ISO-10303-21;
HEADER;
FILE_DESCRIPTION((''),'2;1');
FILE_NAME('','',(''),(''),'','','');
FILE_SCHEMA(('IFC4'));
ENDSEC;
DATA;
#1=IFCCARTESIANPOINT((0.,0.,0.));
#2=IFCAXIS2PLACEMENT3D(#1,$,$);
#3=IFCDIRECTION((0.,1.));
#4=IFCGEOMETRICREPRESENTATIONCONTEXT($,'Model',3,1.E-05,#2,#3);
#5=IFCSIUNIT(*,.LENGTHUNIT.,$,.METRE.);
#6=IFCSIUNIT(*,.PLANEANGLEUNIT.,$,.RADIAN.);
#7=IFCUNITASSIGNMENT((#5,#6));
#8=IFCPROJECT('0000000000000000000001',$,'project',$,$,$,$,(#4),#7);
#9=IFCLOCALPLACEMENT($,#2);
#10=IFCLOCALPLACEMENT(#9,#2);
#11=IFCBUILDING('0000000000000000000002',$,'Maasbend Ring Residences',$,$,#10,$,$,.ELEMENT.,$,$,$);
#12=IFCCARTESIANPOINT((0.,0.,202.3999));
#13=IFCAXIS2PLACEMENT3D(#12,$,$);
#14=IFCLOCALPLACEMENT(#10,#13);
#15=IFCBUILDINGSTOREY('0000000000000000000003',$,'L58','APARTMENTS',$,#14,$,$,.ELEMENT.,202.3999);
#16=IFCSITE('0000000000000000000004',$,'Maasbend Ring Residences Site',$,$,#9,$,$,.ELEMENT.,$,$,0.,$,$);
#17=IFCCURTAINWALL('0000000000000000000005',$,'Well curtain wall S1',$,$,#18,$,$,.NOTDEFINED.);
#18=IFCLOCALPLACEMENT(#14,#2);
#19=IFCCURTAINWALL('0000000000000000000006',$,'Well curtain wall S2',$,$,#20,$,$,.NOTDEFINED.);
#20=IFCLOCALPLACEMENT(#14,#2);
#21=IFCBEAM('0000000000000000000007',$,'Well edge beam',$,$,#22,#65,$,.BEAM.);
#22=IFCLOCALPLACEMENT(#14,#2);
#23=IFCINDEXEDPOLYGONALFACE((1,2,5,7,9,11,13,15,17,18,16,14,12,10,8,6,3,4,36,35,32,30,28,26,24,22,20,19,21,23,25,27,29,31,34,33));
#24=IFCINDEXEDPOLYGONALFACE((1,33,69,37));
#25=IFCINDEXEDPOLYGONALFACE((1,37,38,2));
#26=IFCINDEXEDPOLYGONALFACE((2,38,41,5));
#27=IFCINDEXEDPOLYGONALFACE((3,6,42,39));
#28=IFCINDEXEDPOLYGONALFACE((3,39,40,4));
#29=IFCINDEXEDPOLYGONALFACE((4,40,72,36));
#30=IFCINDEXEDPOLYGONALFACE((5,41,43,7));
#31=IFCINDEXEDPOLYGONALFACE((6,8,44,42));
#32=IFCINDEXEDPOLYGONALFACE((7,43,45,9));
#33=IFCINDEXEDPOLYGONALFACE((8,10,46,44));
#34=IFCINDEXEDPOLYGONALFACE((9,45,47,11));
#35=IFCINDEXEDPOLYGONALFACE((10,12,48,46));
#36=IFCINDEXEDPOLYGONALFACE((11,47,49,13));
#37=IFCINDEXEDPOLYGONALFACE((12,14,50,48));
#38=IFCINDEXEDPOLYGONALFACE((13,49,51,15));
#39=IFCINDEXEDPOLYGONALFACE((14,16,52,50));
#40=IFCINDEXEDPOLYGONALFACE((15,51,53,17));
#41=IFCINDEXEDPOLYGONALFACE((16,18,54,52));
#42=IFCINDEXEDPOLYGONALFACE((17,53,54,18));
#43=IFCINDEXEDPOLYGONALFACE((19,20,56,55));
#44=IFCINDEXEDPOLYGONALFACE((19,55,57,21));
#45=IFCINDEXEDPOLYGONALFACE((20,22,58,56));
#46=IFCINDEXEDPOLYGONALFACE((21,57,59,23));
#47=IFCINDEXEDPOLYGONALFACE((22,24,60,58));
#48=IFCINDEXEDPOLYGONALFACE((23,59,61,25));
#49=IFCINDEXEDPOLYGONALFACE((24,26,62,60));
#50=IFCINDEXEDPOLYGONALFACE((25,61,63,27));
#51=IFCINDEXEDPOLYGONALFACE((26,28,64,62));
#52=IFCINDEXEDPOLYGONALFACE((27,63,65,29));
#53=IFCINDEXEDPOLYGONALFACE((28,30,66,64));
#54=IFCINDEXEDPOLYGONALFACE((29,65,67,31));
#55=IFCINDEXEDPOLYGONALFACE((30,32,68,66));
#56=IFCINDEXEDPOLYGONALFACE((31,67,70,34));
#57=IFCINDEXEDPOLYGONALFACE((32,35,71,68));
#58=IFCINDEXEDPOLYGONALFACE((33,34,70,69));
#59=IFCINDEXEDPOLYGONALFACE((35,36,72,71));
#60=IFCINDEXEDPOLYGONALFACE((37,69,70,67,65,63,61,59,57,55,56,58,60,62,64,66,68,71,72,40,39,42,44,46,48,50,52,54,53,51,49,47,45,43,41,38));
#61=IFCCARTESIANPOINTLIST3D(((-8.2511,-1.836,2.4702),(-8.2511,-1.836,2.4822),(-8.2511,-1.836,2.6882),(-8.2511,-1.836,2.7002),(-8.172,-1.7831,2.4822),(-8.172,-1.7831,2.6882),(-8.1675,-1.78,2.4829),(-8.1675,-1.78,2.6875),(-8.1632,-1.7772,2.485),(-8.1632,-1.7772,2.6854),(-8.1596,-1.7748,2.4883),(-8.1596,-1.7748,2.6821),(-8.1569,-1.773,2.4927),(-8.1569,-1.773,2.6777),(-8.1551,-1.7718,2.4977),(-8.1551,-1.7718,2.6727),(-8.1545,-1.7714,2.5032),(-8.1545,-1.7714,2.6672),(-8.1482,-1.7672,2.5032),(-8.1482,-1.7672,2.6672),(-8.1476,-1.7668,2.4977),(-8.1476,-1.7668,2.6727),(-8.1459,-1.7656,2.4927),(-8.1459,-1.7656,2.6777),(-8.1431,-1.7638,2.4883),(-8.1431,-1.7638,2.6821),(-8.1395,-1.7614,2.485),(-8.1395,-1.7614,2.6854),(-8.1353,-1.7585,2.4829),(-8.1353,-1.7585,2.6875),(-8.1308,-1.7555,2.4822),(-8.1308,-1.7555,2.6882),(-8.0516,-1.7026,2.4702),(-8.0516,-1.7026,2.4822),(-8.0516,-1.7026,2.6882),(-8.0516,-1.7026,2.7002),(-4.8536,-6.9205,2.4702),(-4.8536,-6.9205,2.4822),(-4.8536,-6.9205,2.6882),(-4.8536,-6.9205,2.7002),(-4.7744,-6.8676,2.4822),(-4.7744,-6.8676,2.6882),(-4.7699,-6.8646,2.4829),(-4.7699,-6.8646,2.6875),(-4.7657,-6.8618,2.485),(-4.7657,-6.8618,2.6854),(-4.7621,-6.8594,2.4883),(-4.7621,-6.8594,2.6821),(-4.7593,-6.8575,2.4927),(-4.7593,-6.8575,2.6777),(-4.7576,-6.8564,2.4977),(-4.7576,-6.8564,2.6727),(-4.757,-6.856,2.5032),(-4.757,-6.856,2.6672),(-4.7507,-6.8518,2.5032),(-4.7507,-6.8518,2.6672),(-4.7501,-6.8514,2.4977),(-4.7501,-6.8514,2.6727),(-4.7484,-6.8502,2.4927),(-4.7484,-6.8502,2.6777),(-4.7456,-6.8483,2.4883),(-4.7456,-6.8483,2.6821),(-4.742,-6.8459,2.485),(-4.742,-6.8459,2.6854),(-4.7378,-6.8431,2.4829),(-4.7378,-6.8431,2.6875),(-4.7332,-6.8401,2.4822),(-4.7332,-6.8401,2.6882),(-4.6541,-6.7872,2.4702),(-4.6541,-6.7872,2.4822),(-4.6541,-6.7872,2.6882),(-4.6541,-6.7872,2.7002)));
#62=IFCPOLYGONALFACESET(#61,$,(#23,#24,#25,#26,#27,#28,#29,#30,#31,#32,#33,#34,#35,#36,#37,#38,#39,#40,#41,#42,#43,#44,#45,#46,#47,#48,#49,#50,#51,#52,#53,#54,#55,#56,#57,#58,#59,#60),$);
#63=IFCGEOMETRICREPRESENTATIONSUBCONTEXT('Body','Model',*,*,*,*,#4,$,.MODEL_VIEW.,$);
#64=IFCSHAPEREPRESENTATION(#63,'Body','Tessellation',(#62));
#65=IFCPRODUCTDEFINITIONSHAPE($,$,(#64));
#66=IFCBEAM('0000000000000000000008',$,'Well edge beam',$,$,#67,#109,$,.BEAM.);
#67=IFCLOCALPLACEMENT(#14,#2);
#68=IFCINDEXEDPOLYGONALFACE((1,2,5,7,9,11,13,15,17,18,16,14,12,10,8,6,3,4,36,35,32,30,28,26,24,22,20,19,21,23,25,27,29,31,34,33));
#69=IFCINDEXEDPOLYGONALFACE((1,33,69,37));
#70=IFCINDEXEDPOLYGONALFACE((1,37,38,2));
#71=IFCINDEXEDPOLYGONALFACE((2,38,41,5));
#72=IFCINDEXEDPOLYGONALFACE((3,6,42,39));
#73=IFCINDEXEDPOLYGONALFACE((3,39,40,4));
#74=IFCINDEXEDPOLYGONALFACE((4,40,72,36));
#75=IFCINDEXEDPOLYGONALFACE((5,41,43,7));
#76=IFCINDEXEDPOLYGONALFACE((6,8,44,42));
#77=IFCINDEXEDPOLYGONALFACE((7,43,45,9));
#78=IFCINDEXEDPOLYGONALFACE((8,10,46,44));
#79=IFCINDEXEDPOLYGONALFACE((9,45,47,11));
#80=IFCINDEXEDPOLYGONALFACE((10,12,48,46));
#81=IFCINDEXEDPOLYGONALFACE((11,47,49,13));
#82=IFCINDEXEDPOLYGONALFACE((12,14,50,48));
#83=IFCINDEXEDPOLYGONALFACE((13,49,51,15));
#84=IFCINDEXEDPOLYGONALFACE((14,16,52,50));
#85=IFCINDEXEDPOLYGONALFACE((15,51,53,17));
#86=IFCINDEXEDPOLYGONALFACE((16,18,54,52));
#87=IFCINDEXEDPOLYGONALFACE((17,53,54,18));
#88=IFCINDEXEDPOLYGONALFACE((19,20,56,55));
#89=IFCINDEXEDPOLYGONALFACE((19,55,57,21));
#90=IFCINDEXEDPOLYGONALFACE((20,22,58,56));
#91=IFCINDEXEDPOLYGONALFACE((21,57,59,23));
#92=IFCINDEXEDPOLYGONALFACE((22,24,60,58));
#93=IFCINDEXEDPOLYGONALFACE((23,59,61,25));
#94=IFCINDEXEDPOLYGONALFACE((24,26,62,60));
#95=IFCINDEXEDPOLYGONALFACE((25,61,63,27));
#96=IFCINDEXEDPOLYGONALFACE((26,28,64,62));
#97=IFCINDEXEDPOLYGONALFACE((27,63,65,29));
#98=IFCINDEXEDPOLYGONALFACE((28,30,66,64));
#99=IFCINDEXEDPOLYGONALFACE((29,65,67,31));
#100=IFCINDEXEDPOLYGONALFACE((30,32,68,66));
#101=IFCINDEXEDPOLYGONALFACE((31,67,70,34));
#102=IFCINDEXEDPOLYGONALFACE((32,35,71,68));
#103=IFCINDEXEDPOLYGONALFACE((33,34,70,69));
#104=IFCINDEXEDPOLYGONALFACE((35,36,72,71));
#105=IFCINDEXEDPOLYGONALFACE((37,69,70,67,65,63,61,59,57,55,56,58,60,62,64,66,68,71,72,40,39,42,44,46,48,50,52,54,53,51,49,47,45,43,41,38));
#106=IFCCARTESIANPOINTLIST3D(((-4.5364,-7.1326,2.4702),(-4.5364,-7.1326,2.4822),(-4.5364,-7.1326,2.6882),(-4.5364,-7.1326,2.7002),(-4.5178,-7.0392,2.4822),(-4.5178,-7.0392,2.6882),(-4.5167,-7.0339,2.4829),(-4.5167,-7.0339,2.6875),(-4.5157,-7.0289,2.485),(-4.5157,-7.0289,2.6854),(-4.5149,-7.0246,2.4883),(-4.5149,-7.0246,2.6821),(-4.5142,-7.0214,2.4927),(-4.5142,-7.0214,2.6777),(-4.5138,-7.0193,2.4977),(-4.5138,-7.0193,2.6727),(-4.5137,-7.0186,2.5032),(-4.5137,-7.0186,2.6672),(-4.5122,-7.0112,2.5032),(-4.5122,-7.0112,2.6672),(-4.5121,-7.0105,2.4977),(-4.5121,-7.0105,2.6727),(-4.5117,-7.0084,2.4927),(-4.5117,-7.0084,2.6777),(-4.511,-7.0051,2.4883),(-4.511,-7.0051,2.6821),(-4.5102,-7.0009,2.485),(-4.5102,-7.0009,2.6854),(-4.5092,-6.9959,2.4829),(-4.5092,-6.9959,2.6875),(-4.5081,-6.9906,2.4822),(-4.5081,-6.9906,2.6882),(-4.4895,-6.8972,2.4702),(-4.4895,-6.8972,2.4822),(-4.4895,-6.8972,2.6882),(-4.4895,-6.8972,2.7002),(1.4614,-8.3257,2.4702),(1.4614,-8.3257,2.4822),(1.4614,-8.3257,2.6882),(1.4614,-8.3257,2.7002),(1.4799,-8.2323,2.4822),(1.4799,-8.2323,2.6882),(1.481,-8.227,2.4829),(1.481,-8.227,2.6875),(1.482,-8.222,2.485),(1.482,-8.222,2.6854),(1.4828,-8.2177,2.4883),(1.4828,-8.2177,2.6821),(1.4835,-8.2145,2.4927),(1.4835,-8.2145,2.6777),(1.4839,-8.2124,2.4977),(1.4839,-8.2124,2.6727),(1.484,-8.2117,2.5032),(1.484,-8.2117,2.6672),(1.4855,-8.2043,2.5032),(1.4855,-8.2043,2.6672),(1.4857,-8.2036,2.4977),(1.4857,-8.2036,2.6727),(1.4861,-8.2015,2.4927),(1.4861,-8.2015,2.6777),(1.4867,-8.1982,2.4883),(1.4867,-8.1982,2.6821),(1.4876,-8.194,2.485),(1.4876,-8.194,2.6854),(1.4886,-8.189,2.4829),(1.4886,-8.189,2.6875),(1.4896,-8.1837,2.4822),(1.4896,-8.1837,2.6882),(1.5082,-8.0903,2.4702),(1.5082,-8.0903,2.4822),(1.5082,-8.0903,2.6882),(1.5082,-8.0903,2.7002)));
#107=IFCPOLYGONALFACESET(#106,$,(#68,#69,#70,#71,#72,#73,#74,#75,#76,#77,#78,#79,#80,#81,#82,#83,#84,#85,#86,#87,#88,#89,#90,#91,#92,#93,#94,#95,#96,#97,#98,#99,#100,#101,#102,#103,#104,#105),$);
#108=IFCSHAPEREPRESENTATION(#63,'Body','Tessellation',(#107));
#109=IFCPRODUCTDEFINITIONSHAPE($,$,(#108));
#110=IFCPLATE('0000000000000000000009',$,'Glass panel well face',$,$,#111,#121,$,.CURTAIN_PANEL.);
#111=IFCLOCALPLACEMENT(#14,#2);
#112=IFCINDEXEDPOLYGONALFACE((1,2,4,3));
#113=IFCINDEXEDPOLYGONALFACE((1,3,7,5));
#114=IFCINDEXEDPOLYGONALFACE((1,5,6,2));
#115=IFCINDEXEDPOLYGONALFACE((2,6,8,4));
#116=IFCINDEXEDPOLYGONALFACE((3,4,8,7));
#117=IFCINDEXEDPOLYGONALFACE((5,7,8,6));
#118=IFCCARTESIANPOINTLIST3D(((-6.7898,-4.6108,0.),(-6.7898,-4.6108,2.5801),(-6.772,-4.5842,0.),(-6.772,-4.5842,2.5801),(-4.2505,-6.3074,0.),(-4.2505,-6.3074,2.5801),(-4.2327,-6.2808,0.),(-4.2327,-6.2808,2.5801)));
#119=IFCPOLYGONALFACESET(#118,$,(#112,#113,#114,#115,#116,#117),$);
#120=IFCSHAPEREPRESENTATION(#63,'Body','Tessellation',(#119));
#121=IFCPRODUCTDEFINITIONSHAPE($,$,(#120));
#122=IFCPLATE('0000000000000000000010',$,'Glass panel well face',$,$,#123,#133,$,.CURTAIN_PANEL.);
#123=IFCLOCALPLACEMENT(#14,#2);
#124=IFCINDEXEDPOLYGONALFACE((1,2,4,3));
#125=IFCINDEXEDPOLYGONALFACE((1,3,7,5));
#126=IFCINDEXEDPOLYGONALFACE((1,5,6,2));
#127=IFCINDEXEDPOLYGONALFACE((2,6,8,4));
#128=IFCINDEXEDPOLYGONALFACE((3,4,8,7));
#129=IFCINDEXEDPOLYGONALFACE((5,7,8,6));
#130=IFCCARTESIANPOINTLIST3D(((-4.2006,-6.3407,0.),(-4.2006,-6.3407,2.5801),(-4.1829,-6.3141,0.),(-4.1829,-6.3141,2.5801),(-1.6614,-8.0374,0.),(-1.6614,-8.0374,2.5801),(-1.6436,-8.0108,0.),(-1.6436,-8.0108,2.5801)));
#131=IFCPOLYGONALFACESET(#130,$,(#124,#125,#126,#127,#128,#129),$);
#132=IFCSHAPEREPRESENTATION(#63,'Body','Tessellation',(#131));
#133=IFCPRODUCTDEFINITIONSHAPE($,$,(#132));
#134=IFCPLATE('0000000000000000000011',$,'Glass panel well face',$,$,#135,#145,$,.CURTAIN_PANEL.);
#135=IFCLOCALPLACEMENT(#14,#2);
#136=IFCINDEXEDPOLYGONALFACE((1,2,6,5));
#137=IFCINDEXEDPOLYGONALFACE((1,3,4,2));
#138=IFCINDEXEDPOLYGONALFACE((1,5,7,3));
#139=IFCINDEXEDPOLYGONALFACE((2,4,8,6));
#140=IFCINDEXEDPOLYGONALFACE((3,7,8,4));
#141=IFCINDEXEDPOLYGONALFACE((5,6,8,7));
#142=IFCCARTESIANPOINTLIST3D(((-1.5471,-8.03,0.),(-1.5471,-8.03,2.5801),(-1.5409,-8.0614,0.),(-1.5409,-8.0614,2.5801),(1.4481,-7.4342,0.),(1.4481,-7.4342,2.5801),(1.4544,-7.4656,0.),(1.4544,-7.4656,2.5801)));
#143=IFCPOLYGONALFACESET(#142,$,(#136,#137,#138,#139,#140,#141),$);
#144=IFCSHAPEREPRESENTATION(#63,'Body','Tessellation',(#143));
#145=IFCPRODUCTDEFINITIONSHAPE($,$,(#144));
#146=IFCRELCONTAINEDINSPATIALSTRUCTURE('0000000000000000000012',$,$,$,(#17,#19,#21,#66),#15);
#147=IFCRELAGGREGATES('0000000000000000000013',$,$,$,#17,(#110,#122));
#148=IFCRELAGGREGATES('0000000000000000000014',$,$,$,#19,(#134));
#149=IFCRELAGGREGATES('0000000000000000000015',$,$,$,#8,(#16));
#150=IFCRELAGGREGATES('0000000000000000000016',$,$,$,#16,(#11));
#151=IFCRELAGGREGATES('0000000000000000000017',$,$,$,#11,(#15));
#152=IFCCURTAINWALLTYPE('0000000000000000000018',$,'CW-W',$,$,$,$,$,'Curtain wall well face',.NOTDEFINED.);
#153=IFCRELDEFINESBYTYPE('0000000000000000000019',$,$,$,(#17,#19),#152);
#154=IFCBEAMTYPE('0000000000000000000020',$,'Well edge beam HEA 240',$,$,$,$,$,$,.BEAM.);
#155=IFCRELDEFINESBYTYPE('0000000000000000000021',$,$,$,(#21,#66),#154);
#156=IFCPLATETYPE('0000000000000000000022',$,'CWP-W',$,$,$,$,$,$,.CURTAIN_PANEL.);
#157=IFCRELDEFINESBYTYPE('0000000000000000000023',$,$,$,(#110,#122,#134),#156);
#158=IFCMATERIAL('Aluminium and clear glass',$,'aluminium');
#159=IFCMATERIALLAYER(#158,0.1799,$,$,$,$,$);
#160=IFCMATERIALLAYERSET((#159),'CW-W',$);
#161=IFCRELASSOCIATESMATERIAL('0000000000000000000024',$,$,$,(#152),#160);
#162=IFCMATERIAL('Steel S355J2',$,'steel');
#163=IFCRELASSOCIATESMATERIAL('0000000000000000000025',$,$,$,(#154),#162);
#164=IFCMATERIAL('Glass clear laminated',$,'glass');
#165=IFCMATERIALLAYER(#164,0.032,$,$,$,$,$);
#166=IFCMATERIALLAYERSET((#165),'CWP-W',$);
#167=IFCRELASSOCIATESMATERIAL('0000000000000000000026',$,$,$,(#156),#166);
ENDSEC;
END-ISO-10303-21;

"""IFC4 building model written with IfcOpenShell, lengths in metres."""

from ifc_helpers import new_model, si_unit, direction, frame, origin, origin_2d, place, context, subcontext, project, spatial, rectangle, i_section, extrude, material, layer, layer_set, material_profile, profile_set, type_object, element, aggregate, save


model = new_model("IFC4")

# Units and contexts
model_context = context("Model", 3, precision=1e-05, world=origin(), true_north=direction((0.0, 1.0)))
body_context = subcontext(model_context, "Body", "Model", "MODEL_VIEW")
ifc_project = project(units=[si_unit("LENGTHUNIT", "METRE"), si_unit("PLANEANGLEUNIT", "RADIAN")], contexts=[model_context])

# Site, building, storey
site_placement = place(None, origin())
site = spatial("IfcSite", under=ifc_project, at=site_placement, Name="Maasbend Ring Residences Site", CompositionType="ELEMENT", RefElevation=0.0)
building_placement = place(site_placement, origin())
building = spatial("IfcBuilding", under=site, at=building_placement, Name="Maasbend Ring Residences", CompositionType="ELEMENT")
storey_placement = place(building_placement, frame((0.0, 0.0, 202.3999)))
storey = spatial("IfcBuildingStorey", under=building, at=storey_placement, Name="L58", Description="APARTMENTS", CompositionType="ELEMENT", Elevation=202.3999)

# Curtain wall
ifc_material_1 = material(Name="Aluminium and clear glass", Category="aluminium")
ifc_layer_1 = layer(ifc_material_1, 0.1799)
ifc_layer_set_1 = layer_set([ifc_layer_1], Name="CW-W")
curtain_wall_type = type_object("IfcCurtainWallType", Name="CW-W", ElementType="Curtain wall well face", PredefinedType="NOTDEFINED", material=ifc_layer_set_1)
curtain_wall_1_placement = place(storey_placement, origin())
curtain_wall_1 = element("IfcCurtainWall", 1, at=curtain_wall_1_placement, inside=storey, type_object=curtain_wall_type, Name="Well curtain wall S1", PredefinedType="NOTDEFINED")

# Curtain wall
curtain_wall_2_placement = place(storey_placement, origin())
curtain_wall_2 = element("IfcCurtainWall", 2, at=curtain_wall_2_placement, inside=storey, type_object=curtain_wall_type, Name="Well curtain wall S2", PredefinedType="NOTDEFINED")

# Beams
ifc_material_2 = material(Name="Steel S355J2", Category="steel")
ifc_material_profile_1 = material_profile(ifc_material_2, i_section(OverallWidth=0.24, OverallDepth=0.23, WebThickness=0.0076, FlangeThickness=0.012, FilletRadius=0.021, at=origin_2d()), Name="HEA 240")
ifc_profile_set_1 = profile_set([ifc_material_profile_1], Name="Steel S355J2")
beam_type = type_object("IfcBeamType", Name="Well edge beam HEA 240", PredefinedType="BEAM", material=ifc_profile_set_1)
for number, where, z_axis, x_axis, name in (
    (3, (-8.1514, -1.7693, 2.5852), (0.555584, -0.83146, 0.0), (0.83146, 0.555584, 0.0), "Well edge beam"),
    (4, (-4.5129, -7.0149, 2.5852), (0.980783, -0.195103, 0.0), (0.195103, 0.980783, 0.0), "Well edge beam"),
):
    element("IfcBeam", number, at=place(storey_placement, frame(where, z_axis=z_axis, x_axis=x_axis)), inside=storey, type_object=beam_type, Name=name, PredefinedType="BEAM", context=body_context, shape_type="SweptSolid", body=[
        extrude(i_section(OverallWidth=0.24, OverallDepth=0.23, WebThickness=0.0076, FlangeThickness=0.012, FilletRadius=0.021, at=origin_2d()), origin(), (0.0, 0.0, 1.0), 6.1152),
    ])

# Plates
ifc_material_3 = material(Name="Glass clear laminated", Category="glass")
ifc_layer_2 = layer(ifc_material_3, 0.032)
ifc_layer_set_2 = layer_set([ifc_layer_2], Name="CWP-W")
plate_type = type_object("IfcPlateType", Name="CWP-W", PredefinedType="CURTAIN_PANEL", material=ifc_layer_set_2)
plate_1_placement = place(storey_placement, frame((-5.5112, -5.4458, 0.0), z_axis=(0.0, 0.0, 1.0), x_axis=(0.83147, -0.55557, 0.0)))
plate_1 = element("IfcPlate", 5, at=plate_1_placement, type_object=plate_type, Name="Glass panel well face", PredefinedType="CURTAIN_PANEL", context=body_context, shape_type="SweptSolid", body=[
    extrude(rectangle(XDim=3.054, YDim=0.032, at=origin_2d()), origin(), (0.0, 0.0, 1.0), 2.5801),
])
plate_2_placement = place(storey_placement, frame((-2.9221, -7.1758, 0.0), z_axis=(0.0, 0.0, 1.0), x_axis=(0.83147, -0.55557, 0.0)))
plate_2 = element("IfcPlate", 6, at=plate_2_placement, type_object=plate_type, Name="Glass panel well face", PredefinedType="CURTAIN_PANEL", context=body_context, shape_type="SweptSolid", body=[
    extrude(rectangle(XDim=3.054, YDim=0.032, at=origin_2d()), origin(), (0.0, 0.0, 1.0), 2.5801),
])
aggregate(curtain_wall_1, [plate_1, plate_2])
plate_3_placement = place(storey_placement, frame((-0.0464, -7.7478, 0.0), z_axis=(0.0, 0.0, 1.0), x_axis=(0.980785, 0.19509, 0.0)))
plate_3 = element("IfcPlate", 7, at=plate_3_placement, type_object=plate_type, Name="Glass panel well face", PredefinedType="CURTAIN_PANEL", context=body_context, shape_type="SweptSolid", body=[
    extrude(rectangle(XDim=3.054, YDim=0.032, at=origin_2d()), origin(), (0.0, 0.0, 1.0), 2.5801),
])
aggregate(curtain_wall_2, [plate_3])

save(model, "model.ifc")
